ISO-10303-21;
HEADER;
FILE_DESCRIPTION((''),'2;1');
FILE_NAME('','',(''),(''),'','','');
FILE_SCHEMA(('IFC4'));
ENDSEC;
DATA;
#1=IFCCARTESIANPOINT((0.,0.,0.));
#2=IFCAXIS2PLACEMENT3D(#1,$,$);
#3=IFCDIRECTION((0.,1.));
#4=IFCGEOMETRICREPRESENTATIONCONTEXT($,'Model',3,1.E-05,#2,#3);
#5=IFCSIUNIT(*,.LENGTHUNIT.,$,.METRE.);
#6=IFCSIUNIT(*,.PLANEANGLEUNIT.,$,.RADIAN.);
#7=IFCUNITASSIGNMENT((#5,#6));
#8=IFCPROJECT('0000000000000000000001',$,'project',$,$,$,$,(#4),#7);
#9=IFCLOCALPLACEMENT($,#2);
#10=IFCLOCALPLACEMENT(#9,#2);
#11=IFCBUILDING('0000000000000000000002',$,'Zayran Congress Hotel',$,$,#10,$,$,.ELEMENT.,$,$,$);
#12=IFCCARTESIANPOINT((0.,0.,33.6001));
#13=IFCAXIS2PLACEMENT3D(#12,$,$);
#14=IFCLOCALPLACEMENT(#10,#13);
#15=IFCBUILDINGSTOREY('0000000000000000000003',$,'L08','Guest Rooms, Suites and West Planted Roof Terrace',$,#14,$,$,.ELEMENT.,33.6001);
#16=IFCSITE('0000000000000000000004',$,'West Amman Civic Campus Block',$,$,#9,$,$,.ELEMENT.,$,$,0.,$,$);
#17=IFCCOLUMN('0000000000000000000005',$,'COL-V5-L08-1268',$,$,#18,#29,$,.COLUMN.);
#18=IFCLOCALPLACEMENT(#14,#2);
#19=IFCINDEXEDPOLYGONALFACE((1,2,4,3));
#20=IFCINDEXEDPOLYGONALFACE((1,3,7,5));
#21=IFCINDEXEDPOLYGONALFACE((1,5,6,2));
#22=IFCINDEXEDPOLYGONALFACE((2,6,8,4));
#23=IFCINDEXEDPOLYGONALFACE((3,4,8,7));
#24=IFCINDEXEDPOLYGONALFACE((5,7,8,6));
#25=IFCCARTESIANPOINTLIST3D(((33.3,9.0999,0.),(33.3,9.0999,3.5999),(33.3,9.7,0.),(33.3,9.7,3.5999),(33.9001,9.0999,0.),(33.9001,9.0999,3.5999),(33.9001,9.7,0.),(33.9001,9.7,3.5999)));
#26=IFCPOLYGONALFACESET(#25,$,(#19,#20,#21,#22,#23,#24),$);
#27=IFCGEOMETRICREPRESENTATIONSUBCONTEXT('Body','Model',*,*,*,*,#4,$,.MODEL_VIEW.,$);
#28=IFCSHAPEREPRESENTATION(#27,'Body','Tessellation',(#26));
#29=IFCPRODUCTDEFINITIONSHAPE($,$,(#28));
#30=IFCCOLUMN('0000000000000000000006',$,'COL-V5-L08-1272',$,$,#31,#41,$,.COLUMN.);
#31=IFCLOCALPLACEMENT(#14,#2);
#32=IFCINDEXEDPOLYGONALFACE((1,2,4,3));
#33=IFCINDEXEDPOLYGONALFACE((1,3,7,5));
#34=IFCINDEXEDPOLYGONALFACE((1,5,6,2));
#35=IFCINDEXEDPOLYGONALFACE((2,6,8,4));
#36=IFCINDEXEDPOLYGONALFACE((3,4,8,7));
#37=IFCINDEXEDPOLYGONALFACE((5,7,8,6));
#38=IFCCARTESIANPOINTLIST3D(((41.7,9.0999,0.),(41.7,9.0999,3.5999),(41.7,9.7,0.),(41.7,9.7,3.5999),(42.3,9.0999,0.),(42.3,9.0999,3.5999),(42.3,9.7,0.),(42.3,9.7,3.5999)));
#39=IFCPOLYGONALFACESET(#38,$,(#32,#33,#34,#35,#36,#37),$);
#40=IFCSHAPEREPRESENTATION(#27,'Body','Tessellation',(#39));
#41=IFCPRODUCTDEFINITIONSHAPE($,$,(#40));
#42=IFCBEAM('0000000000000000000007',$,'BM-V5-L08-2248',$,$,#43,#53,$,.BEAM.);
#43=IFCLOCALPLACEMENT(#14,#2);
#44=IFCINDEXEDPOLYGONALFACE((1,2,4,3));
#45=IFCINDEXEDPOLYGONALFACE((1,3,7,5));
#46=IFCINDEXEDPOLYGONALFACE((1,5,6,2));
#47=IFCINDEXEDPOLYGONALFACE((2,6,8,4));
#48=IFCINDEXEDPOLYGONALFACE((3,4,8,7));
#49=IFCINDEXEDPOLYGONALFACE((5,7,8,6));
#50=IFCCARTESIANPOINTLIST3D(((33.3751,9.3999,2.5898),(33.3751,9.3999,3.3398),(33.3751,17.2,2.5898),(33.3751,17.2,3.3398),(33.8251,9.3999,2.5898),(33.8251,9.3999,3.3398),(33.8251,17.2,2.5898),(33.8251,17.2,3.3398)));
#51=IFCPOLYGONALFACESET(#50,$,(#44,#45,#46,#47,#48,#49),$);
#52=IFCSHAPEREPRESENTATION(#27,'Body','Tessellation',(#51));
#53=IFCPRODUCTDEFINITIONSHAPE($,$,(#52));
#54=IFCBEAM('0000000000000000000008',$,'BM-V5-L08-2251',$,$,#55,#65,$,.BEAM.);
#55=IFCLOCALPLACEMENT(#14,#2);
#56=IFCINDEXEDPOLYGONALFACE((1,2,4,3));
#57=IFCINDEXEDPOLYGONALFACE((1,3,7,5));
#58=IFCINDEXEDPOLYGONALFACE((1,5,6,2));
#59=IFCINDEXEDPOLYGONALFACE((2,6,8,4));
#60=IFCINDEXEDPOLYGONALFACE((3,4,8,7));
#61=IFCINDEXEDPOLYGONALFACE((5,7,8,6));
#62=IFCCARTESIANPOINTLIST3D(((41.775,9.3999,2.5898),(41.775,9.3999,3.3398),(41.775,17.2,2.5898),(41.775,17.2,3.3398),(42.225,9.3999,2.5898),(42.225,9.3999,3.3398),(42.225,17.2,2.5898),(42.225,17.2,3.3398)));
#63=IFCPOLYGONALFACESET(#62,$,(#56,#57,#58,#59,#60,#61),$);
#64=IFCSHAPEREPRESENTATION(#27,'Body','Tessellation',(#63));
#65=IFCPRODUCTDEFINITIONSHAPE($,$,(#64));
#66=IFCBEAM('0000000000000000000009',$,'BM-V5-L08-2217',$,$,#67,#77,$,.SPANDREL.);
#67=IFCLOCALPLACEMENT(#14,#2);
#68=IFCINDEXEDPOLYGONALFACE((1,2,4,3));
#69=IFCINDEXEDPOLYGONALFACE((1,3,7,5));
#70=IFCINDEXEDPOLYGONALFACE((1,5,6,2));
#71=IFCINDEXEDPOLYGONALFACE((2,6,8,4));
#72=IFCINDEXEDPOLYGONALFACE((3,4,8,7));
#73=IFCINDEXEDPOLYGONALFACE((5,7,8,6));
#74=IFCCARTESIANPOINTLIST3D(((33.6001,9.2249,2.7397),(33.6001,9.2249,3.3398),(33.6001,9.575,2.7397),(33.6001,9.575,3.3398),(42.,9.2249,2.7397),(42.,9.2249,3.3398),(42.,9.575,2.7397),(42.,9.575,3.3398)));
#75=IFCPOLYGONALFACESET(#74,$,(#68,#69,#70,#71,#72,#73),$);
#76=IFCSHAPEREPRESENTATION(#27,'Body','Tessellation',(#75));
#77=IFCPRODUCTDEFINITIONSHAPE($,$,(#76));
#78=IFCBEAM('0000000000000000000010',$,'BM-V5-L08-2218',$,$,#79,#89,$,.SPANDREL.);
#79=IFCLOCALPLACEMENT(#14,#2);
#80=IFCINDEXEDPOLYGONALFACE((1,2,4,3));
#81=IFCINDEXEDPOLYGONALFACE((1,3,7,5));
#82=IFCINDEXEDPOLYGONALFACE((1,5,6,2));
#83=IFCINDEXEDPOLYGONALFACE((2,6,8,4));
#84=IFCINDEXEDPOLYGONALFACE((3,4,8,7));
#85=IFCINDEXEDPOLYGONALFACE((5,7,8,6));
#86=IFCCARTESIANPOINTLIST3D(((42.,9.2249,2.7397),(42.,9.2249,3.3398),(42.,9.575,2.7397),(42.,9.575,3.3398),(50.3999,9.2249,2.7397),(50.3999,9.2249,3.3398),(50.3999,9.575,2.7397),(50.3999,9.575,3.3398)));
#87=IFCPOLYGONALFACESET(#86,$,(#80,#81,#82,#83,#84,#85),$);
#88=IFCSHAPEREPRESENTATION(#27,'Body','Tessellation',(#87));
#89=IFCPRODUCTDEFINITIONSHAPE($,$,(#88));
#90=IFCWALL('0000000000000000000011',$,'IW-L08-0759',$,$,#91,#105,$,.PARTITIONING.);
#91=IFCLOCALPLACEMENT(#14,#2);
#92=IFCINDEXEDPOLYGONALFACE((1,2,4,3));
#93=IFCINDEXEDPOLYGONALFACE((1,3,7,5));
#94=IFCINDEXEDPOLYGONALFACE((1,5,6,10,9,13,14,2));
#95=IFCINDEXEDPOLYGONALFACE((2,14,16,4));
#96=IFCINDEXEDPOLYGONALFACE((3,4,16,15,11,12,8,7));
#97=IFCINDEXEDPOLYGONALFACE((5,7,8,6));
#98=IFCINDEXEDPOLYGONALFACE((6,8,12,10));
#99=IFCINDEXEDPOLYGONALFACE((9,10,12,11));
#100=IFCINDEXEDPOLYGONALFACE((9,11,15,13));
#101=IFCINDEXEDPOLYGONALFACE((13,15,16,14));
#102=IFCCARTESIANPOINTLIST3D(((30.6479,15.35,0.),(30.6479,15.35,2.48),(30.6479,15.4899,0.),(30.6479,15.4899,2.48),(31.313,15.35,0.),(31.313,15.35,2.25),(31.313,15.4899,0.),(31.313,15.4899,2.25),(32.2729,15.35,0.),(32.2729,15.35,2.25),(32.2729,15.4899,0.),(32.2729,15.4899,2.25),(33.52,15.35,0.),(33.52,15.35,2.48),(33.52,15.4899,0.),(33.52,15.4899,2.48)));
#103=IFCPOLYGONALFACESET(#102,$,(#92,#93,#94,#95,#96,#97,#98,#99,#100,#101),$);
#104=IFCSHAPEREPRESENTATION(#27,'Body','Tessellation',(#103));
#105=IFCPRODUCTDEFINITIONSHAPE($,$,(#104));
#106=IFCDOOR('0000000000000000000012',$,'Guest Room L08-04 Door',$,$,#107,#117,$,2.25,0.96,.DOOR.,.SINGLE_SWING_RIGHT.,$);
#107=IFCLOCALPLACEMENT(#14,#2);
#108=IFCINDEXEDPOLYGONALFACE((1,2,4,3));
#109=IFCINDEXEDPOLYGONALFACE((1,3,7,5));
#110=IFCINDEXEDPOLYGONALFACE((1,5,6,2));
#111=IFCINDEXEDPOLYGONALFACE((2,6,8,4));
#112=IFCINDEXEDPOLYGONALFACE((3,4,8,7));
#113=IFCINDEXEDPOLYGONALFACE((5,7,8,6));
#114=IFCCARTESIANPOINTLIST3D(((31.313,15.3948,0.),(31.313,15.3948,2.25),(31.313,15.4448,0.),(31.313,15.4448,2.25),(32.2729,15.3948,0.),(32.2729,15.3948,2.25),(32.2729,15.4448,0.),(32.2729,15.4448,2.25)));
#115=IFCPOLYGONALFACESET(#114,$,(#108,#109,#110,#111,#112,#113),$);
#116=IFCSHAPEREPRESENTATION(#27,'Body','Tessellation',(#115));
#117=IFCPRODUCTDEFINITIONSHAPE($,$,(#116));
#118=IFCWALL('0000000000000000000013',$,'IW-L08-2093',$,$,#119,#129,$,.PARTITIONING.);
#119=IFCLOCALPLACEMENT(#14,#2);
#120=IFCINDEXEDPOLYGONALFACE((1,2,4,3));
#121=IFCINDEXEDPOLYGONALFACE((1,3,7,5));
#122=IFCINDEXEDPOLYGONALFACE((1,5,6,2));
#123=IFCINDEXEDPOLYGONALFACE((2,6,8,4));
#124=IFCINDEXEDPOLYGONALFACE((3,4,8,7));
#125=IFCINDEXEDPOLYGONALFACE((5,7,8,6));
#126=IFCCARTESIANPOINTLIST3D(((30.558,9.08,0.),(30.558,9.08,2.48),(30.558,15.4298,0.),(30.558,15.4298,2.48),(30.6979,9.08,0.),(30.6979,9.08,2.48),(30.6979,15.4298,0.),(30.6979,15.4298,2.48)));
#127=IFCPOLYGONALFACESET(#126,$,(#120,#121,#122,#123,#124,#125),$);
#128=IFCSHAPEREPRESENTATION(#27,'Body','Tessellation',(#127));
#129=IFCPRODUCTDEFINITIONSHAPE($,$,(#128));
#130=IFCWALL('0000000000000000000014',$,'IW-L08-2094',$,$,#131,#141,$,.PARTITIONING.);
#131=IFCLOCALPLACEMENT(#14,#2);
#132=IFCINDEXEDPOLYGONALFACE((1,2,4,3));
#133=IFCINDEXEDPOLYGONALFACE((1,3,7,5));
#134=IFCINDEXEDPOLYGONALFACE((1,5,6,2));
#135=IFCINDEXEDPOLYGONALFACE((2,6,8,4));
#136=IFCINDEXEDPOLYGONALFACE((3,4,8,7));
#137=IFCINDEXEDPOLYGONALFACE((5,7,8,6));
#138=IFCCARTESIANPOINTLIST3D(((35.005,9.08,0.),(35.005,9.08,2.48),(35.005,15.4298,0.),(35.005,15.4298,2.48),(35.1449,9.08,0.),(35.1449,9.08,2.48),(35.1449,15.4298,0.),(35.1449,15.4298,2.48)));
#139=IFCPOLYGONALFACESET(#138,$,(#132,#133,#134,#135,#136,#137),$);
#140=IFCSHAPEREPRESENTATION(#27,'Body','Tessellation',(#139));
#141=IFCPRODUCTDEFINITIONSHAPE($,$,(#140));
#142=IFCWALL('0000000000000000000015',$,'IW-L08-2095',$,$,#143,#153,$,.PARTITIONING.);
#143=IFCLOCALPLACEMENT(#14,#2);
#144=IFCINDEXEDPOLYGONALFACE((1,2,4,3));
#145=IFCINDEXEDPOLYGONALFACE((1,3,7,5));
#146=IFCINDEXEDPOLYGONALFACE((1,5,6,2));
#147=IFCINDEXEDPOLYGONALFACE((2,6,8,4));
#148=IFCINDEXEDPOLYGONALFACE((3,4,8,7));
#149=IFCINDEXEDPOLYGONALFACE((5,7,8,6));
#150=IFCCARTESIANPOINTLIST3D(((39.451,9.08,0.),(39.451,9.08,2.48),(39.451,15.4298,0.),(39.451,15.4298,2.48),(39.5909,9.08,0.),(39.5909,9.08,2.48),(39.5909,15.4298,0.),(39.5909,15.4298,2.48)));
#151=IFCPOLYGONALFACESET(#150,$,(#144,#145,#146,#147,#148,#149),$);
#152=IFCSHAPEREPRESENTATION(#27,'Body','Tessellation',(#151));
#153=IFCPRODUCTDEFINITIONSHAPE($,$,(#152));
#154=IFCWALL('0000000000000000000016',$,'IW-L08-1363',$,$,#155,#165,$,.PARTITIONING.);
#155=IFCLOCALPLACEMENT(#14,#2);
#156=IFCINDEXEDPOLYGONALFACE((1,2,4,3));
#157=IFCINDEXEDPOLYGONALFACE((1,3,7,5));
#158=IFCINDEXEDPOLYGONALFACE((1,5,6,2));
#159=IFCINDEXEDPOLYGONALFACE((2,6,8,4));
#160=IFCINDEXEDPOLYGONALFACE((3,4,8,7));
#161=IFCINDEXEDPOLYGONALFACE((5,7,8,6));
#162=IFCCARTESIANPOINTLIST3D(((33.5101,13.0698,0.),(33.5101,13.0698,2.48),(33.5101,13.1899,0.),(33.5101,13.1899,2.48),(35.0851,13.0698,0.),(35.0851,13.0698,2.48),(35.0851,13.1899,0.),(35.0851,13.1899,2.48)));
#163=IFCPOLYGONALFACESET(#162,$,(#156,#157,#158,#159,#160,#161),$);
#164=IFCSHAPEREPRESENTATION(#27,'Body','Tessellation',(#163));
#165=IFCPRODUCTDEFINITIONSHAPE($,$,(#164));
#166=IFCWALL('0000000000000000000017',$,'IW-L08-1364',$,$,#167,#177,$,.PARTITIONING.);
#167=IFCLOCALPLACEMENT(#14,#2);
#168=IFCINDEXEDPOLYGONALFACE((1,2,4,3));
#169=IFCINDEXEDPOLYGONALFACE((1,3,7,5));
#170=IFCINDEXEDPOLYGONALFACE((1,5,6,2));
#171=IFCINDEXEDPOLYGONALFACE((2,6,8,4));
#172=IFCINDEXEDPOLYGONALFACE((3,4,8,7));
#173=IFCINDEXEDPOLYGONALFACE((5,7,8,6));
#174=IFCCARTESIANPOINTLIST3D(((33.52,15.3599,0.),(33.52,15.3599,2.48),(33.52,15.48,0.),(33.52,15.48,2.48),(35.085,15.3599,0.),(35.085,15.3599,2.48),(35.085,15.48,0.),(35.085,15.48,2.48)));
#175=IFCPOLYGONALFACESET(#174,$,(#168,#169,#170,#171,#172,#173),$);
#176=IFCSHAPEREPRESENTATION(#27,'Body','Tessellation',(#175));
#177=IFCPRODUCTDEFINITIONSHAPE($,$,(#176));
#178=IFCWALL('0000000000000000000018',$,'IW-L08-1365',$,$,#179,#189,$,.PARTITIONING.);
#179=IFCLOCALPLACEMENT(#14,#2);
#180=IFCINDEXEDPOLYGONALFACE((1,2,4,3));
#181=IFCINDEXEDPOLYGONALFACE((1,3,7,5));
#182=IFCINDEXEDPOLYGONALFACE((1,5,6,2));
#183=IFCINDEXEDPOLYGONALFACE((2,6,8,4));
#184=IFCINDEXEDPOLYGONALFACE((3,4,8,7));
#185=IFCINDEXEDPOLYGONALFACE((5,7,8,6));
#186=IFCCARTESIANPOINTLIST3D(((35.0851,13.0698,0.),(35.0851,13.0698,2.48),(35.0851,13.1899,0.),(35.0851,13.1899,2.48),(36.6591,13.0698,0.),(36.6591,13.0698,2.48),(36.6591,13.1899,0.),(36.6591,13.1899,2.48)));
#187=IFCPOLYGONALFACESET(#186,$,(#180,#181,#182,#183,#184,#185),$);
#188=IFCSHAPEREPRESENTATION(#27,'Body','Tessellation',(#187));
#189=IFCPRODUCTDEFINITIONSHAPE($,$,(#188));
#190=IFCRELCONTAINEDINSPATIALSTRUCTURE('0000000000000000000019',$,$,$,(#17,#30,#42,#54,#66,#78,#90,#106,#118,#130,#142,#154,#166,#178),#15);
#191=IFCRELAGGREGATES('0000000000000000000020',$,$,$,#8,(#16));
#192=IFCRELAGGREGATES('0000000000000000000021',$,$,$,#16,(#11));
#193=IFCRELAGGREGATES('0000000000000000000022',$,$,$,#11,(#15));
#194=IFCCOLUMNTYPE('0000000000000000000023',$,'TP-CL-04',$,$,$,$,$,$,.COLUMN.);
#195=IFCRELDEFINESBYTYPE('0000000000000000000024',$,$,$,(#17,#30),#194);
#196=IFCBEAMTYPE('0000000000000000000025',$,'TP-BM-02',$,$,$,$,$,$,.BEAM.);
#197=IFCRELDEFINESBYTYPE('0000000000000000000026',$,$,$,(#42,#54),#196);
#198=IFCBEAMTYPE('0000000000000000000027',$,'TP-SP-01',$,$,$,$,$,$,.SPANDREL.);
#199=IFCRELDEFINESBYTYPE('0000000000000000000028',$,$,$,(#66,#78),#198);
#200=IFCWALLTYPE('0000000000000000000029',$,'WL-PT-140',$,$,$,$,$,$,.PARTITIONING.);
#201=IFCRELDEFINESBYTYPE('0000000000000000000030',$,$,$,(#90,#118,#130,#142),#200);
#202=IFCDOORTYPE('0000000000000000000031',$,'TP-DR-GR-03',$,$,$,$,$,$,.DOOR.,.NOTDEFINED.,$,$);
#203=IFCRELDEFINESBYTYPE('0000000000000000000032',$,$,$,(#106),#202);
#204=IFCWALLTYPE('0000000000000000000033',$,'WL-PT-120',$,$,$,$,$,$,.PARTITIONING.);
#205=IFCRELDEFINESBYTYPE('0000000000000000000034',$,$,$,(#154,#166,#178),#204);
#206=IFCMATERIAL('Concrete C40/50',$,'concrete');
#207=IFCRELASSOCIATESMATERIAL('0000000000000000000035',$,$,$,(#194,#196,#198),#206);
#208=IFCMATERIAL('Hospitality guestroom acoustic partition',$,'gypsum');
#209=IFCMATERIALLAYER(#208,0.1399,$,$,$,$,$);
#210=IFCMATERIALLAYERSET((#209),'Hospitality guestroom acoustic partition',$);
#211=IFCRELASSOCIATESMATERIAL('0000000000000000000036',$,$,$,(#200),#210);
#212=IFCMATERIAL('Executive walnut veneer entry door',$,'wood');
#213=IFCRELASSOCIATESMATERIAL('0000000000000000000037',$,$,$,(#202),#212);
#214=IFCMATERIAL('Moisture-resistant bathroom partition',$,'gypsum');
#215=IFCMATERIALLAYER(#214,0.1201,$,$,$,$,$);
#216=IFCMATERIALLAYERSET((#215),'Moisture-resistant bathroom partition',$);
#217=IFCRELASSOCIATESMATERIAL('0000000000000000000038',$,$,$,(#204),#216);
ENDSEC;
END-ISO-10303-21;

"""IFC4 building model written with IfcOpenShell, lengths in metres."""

from ifc_helpers import new_model, si_unit, direction, frame, frame_2d, origin, origin_2d, place, context, subcontext, project, spatial, rectangle, extrude, material, layer, layer_set, material_profile, profile_set, type_object, element, fill, save


model = new_model("IFC4")

# Units and contexts
model_context = context("Model", 3, precision=1e-05, world=origin(), true_north=direction((0.0, 1.0)))
body_context = subcontext(model_context, "Body", "Model", "MODEL_VIEW")
ifc_project = project(units=[si_unit("LENGTHUNIT", "METRE"), si_unit("PLANEANGLEUNIT", "RADIAN")], contexts=[model_context])

# Site, building, storey
site_placement = place(None, origin())
site = spatial("IfcSite", under=ifc_project, at=site_placement, Name="West Amman Civic Campus Block", CompositionType="ELEMENT", RefElevation=0.0)
building_placement = place(site_placement, origin())
building = spatial("IfcBuilding", under=site, at=building_placement, Name="Zayran Congress Hotel", CompositionType="ELEMENT")
storey_placement = place(building_placement, frame((0.0, 0.0, 33.6001)))
storey = spatial("IfcBuildingStorey", under=building, at=storey_placement, Name="L08", Description="Guest Rooms, Suites and West Planted Roof Terrace", CompositionType="ELEMENT", Elevation=33.6001)

# Columns
ifc_material_1 = material(Name="Concrete C40/50", Category="concrete")
ifc_material_profile_1 = material_profile(ifc_material_1, rectangle(XDim=0.6001, YDim=0.6001, at=origin_2d()), Name="RC 600x600")
ifc_profile_set_1 = profile_set([ifc_material_profile_1], Name="Concrete C40/50")
column_type = type_object("IfcColumnType", Name="TP-CL-04", PredefinedType="COLUMN", material=ifc_profile_set_1)
for number, where, z_axis, x_axis, name in (
    (1, (33.6001, 9.3999, 0.0), (0.0, 0.0, 1.0), (1.0, 0.0, 0.0), "COL-V5-L08-1268"),
    (2, (42.0, 9.3999, 0.0), (0.0, 0.0, 1.0), (1.0, 0.0, 0.0), "COL-V5-L08-1272"),
):
    element("IfcColumn", number, at=place(storey_placement, frame(where, z_axis=z_axis, x_axis=x_axis)), inside=storey, type_object=column_type, Name=name, PredefinedType="COLUMN", context=body_context, shape_type="SweptSolid", body=[
        extrude(rectangle(XDim=0.6001, YDim=0.6001, at=origin_2d()), origin(), (0.0, 0.0, 1.0), 3.5999),
    ])

# Beams
ifc_material_profile_2 = material_profile(ifc_material_1, rectangle(XDim=0.45, YDim=0.75, at=origin_2d()), Name="RC 450x750")
ifc_profile_set_2 = profile_set([ifc_material_profile_2], Name="Concrete C40/50")
beam_type_1 = type_object("IfcBeamType", Name="TP-BM-02", PredefinedType="BEAM", material=ifc_profile_set_2)
for number, where, z_axis, x_axis, name in (
    (3, (33.6001, 9.3999, 2.9648), (0.0, 1.0, 0.0), (-1.0, 0.0, 0.0), "BM-V5-L08-2248"),
    (4, (42.0, 9.3999, 2.9648), (0.0, 1.0, 0.0), (-1.0, 0.0, 0.0), "BM-V5-L08-2251"),
):
    element("IfcBeam", number, at=place(storey_placement, frame(where, z_axis=z_axis, x_axis=x_axis)), inside=storey, type_object=beam_type_1, Name=name, PredefinedType="BEAM", context=body_context, shape_type="SweptSolid", body=[
        extrude(rectangle(XDim=0.45, YDim=0.75, at=origin_2d()), origin(), (0.0, 0.0, 1.0), 7.8),
    ])
ifc_material_profile_3 = material_profile(ifc_material_1, rectangle(XDim=0.3501, YDim=0.6001, at=origin_2d()), Name="RC 350x600")
ifc_profile_set_3 = profile_set([ifc_material_profile_3], Name="Concrete C40/50")
beam_type_2 = type_object("IfcBeamType", Name="TP-SP-01", PredefinedType="SPANDREL", material=ifc_profile_set_3)
for number, where, z_axis, x_axis, name in (
    (5, (33.6001, 9.3999, 3.0398), (1.0, 0.0, 0.0), (0.0, 1.0, 0.0), "BM-V5-L08-2217"),
    (6, (42.0, 9.3999, 3.0398), (1.0, 0.0, 0.0), (0.0, 1.0, 0.0), "BM-V5-L08-2218"),
):
    element("IfcBeam", number, at=place(storey_placement, frame(where, z_axis=z_axis, x_axis=x_axis)), inside=storey, type_object=beam_type_2, Name=name, PredefinedType="SPANDREL", context=body_context, shape_type="SweptSolid", body=[
        extrude(rectangle(XDim=0.3501, YDim=0.6001, at=origin_2d()), origin(), (0.0, 0.0, 1.0), 8.3999),
    ])

# Wall, opening, door
ifc_material_2 = material(Name="Hospitality guestroom acoustic partition", Category="gypsum")
ifc_layer_1 = layer(ifc_material_2, 0.1399)
ifc_layer_set_1 = layer_set([ifc_layer_1], Name="Hospitality guestroom acoustic partition")
wall_type_1 = type_object("IfcWallType", Name="WL-PT-140", PredefinedType="PARTITIONING", material=ifc_layer_set_1)
wall_1_placement = place(storey_placement, frame((30.6479, 15.4199, 0.0), z_axis=(0.0, 0.0, 1.0), x_axis=(1.0, 0.0, 0.0)))
wall_1 = element("IfcWall", 7, at=wall_1_placement, inside=storey, type_object=wall_type_1, Name="IW-L08-0759", PredefinedType="PARTITIONING", context=body_context, shape_type="SweptSolid", body=[
    extrude(rectangle(XDim=2.8721, YDim=0.1399, at=frame_2d((1.436, 0.0))), origin(), (0.0, 0.0, 1.0), 2.48),
])
opening_1_placement = place(wall_1_placement, frame((0.665, 0.0, 0.0)))
opening_1 = element("IfcOpeningElement", 8, at=opening_1_placement, cuts=wall_1, PredefinedType="OPENING", context=body_context, shape_type="SweptSolid", body=[
    extrude(rectangle(XDim=0.96, YDim=2.25, at=frame_2d((0.48, 1.125))), frame((0.0, 0.0798, 0.0), z_axis=(0.0, -1.0, 0.0), x_axis=(1.0, 0.0, 0.0)), (0.0, 0.0, 1.0), 0.1599),
])
ifc_material_3 = material(Name="Executive walnut veneer entry door", Category="wood")
door_type_1 = type_object("IfcDoorType", Name="TP-DR-GR-03", OperationType="NOTDEFINED", PredefinedType="DOOR", material=ifc_material_3)
door_1_placement = place(opening_1_placement, origin())
door_1 = element("IfcDoor", 9, at=door_1_placement, inside=storey, type_object=door_type_1, Name="Guest Room L08-04 Door", OperationType="SINGLE_SWING_RIGHT", OverallHeight=2.25, OverallWidth=0.96, PredefinedType="DOOR", context=body_context, shape_type="SweptSolid", body=[
    extrude(rectangle(XDim=0.96, YDim=2.25, at=frame_2d((0.48, 1.125))), frame((0.0, 0.0249, 0.0), z_axis=(0.0, -1.0, 0.0), x_axis=(1.0, 0.0, 0.0)), (0.0, 0.0, 1.0), 0.05),
])
fill(opening_1, door_1)

# Walls
for number, where, z_axis, x_axis, name in (
    (10, (30.6279, 9.0801, 0.0), (0.0, 0.0, 1.0), (0.0, 1.0, 0.0), "IW-L08-2093"),
    (11, (35.075, 9.0801, 0.0), (0.0, 0.0, 1.0), (0.0, 1.0, 0.0), "IW-L08-2094"),
    (12, (39.521, 9.0801, 0.0), (0.0, 0.0, 1.0), (0.0, 1.0, 0.0), "IW-L08-2095"),
):
    element("IfcWall", number, at=place(storey_placement, frame(where, z_axis=z_axis, x_axis=x_axis)), inside=storey, type_object=wall_type_1, Name=name, PredefinedType="PARTITIONING", context=body_context, shape_type="SweptSolid", body=[
        extrude(rectangle(XDim=6.3499, YDim=0.1399, at=frame_2d((3.1748, 0.0))), origin(), (0.0, 0.0, 1.0), 2.48),
    ])

# Shared definitions
ifc_material_4 = material(Name="Moisture-resistant bathroom partition", Category="gypsum")
ifc_layer_2 = layer(ifc_material_4, 0.1201)
ifc_layer_set_2 = layer_set([ifc_layer_2], Name="Moisture-resistant bathroom partition")
wall_type_2 = type_object("IfcWallType", Name="WL-PT-120", PredefinedType="PARTITIONING", material=ifc_layer_set_2)

# Walls
wall_2_placement = place(storey_placement, frame((33.51, 13.1299, 0.0), z_axis=(0.0, 0.0, 1.0), x_axis=(1.0, 0.0, 0.0)))
element("IfcWall", 13, at=wall_2_placement, inside=storey, type_object=wall_type_2, Name="IW-L08-1363", PredefinedType="PARTITIONING", context=body_context, shape_type="SweptSolid", body=[
    extrude(rectangle(XDim=1.575, YDim=0.1201, at=frame_2d((0.7876, 0.0))), origin(), (0.0, 0.0, 1.0), 2.48),
])
wall_3_placement = place(storey_placement, frame((33.52, 15.4199, 0.0), z_axis=(0.0, 0.0, 1.0), x_axis=(1.0, 0.0, 0.0)))
element("IfcWall", 14, at=wall_3_placement, inside=storey, type_object=wall_type_2, Name="IW-L08-1364", PredefinedType="PARTITIONING", context=body_context, shape_type="SweptSolid", body=[
    extrude(rectangle(XDim=1.5649, YDim=0.1201, at=frame_2d((0.7825, 0.0))), origin(), (0.0, 0.0, 1.0), 2.48),
])
for number, where, z_axis, x_axis, name in (
    (15, (35.085, 13.1299, 0.0), (0.0, 0.0, 1.0), (1.0, 0.0, 0.0), "IW-L08-1365"),
):
    element("IfcWall", number, at=place(storey_placement, frame(where, z_axis=z_axis, x_axis=x_axis)), inside=storey, type_object=wall_type_2, Name=name, PredefinedType="PARTITIONING", context=body_context, shape_type="SweptSolid", body=[
        extrude(rectangle(XDim=1.574, YDim=0.1201, at=frame_2d((0.7871, 0.0))), origin(), (0.0, 0.0, 1.0), 2.48),
    ])

save(model, "model.ifc")
